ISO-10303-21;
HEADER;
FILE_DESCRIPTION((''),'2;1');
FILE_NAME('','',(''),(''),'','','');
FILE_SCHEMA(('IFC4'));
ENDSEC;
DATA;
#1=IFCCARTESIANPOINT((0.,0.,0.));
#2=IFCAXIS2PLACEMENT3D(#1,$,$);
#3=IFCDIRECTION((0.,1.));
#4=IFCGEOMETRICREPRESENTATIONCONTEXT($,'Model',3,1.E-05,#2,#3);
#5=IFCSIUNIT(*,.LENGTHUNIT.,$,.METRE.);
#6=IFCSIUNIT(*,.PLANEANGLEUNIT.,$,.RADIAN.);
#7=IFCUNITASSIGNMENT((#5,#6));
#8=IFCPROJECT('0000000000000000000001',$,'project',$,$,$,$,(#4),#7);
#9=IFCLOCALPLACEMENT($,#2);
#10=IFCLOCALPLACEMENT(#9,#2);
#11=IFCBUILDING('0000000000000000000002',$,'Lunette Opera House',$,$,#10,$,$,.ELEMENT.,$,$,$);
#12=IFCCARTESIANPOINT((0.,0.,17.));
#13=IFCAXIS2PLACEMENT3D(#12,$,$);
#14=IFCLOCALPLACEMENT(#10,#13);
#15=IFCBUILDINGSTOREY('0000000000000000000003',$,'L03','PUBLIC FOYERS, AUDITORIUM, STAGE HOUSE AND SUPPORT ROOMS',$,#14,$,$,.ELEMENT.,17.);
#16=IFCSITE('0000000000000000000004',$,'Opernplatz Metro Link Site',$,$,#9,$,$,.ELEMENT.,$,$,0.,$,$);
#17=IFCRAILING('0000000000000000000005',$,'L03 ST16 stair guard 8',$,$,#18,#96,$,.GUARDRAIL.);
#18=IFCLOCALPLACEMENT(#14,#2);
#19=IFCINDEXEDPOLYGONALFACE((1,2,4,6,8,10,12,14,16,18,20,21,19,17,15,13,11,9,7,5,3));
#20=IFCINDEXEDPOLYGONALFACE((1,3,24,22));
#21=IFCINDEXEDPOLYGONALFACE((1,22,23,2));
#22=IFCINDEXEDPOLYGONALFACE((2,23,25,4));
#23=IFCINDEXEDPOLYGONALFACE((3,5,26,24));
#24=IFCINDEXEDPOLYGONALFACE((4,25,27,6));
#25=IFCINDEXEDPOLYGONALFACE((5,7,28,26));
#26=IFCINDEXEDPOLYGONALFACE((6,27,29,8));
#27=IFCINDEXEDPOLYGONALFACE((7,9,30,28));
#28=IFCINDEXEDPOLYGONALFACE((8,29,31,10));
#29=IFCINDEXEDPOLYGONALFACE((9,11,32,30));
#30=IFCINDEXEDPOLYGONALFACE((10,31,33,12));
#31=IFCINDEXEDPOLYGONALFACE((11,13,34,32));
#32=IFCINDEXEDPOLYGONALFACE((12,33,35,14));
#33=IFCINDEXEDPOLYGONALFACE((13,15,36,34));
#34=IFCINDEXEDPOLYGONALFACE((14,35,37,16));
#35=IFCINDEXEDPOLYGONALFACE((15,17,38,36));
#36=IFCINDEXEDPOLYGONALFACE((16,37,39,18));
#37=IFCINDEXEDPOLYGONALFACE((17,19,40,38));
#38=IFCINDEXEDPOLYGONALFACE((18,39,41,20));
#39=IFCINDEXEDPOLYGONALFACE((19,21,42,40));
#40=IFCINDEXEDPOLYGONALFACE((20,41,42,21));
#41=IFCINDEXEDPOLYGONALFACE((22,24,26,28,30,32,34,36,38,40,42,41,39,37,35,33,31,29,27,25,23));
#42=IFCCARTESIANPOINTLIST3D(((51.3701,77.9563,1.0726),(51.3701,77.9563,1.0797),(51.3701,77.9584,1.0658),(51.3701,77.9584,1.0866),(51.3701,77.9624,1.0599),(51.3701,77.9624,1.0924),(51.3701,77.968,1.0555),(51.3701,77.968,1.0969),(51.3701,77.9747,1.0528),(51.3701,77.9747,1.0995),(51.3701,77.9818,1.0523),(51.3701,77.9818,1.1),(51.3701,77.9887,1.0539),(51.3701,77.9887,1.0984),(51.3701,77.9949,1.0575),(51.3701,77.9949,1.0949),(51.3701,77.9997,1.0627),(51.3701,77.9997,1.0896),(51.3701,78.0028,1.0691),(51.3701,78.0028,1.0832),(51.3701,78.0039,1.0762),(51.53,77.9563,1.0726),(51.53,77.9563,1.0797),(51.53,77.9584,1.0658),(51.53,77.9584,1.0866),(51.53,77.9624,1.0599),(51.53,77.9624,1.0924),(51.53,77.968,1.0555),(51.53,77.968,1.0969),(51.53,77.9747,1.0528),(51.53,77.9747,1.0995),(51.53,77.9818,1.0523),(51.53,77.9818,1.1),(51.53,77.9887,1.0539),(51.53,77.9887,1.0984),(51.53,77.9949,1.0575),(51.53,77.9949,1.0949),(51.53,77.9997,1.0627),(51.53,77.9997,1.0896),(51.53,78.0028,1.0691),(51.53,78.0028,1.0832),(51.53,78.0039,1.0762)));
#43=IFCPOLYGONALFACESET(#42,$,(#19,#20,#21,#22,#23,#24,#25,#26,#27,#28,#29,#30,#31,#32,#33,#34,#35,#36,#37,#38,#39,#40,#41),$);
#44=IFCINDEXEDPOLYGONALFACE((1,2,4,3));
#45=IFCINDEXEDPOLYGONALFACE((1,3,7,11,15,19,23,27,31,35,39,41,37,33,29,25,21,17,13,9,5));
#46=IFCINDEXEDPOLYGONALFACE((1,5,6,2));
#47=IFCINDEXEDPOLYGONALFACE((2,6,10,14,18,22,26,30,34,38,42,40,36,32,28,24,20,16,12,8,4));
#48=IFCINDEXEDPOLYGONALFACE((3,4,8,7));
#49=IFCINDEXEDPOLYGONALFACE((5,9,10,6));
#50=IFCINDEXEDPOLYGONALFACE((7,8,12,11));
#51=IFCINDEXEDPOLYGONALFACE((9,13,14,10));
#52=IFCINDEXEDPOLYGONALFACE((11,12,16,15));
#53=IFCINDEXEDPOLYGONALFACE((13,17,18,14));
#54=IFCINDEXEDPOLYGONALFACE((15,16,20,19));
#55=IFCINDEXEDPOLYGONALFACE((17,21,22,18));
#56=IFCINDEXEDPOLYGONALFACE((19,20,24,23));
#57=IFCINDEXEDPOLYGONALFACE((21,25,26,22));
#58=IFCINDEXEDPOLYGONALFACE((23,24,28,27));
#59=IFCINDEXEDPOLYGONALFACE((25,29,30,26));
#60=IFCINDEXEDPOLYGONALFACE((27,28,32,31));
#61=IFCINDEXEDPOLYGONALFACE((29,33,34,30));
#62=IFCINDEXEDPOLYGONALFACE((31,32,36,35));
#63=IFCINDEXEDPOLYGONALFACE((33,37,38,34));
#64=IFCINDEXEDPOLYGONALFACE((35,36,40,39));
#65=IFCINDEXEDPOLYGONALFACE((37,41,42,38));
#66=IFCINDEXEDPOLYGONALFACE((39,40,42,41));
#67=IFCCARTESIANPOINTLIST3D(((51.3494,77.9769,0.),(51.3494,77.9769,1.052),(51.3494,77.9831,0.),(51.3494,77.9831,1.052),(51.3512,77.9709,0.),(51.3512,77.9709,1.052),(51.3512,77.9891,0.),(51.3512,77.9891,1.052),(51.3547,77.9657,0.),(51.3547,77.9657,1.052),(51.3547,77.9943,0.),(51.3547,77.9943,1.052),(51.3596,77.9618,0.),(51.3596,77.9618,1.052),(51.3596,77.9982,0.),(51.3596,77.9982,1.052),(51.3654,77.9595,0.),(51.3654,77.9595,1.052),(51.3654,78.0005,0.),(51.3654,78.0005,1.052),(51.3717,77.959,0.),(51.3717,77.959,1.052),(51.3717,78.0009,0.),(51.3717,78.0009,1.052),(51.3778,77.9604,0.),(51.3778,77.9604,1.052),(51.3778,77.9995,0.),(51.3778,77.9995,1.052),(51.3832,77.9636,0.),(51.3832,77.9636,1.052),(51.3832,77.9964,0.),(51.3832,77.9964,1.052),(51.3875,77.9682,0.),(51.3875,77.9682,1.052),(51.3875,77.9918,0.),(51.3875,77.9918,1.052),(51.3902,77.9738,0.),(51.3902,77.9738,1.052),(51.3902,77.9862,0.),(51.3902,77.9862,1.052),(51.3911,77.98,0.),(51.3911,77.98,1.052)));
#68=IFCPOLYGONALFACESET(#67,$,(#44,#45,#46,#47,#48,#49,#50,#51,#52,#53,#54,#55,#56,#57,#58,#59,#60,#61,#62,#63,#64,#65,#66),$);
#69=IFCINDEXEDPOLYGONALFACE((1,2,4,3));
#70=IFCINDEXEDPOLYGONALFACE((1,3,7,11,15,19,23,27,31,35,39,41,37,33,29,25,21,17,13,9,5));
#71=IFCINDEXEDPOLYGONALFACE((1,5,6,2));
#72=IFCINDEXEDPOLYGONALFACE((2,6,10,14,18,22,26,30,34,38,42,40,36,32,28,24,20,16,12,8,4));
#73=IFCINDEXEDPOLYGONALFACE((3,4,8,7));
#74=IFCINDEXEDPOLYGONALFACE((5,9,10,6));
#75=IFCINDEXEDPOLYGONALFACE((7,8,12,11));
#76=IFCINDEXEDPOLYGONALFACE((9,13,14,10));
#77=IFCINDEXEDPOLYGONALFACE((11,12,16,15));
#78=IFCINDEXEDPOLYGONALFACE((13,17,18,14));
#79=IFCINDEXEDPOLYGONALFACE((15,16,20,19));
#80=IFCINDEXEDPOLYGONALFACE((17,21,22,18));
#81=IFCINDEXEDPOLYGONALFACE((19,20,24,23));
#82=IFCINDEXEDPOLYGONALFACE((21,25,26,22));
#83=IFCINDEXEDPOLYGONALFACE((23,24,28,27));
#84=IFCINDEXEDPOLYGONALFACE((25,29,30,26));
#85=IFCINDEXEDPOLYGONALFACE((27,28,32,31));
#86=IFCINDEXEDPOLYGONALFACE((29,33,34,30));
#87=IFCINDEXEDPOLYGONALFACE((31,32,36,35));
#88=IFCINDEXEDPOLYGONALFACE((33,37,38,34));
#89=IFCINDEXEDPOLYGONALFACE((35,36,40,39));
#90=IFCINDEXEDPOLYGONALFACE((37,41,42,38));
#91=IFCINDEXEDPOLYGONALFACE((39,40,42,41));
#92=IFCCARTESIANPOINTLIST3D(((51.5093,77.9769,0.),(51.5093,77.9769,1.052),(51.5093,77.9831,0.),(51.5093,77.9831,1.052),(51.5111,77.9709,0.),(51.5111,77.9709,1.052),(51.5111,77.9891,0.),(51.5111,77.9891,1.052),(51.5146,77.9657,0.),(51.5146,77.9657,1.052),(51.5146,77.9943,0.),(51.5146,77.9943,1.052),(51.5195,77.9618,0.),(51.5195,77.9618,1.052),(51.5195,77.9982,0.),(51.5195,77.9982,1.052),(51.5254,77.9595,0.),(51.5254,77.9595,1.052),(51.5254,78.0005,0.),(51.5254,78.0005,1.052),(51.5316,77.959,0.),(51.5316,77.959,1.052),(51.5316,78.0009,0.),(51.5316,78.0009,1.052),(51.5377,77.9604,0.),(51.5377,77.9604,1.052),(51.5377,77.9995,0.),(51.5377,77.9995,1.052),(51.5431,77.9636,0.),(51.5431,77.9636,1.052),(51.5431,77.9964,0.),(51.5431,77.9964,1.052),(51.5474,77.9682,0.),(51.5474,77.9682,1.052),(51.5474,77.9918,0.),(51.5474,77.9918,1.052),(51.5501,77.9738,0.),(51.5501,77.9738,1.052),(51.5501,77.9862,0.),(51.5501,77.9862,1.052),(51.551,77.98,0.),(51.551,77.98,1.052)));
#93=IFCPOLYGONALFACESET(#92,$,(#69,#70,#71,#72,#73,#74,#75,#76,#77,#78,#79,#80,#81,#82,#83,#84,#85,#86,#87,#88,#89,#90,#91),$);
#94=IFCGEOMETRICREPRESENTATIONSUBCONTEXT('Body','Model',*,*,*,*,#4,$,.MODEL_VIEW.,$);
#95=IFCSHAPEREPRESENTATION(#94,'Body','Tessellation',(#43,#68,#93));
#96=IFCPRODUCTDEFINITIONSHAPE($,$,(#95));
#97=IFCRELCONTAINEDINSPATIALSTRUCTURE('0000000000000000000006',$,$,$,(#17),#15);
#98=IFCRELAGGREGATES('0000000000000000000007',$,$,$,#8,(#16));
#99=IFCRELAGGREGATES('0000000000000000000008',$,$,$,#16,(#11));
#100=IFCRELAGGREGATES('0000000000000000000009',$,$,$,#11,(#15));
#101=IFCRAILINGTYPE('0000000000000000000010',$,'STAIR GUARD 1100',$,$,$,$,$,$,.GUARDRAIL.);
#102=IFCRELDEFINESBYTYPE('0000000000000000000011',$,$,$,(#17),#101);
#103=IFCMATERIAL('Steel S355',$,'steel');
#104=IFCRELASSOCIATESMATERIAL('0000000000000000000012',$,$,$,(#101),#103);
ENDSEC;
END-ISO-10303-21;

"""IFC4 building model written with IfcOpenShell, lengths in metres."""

from ifc_helpers import new_model, si_unit, direction, frame, origin, origin_2d, place, context, subcontext, project, spatial, circle, extrude, material, type_object, element, save


model = new_model("IFC4")

# Units and contexts
model_context = context("Model", 3, precision=1e-05, world=origin(), true_north=direction((0.0, 1.0)))
body_context = subcontext(model_context, "Body", "Model", "MODEL_VIEW")
ifc_project = project(units=[si_unit("LENGTHUNIT", "METRE"), si_unit("PLANEANGLEUNIT", "RADIAN")], contexts=[model_context])

# Site, building, storey
site_placement = place(None, origin())
site = spatial("IfcSite", under=ifc_project, at=site_placement, Name="Opernplatz Metro Link Site", CompositionType="ELEMENT", RefElevation=0.0)
building_placement = place(site_placement, origin())
building = spatial("IfcBuilding", under=site, at=building_placement, Name="Lunette Opera House", CompositionType="ELEMENT")
storey_placement = place(building_placement, frame((0.0, 0.0, 17.0)))
storey = spatial("IfcBuildingStorey", under=building, at=storey_placement, Name="L03", Description="PUBLIC FOYERS, AUDITORIUM, STAGE HOUSE AND SUPPORT ROOMS", CompositionType="ELEMENT", Elevation=17.0)

# Railing
ifc_material_1 = material(Name="Steel S355", Category="steel")
railing_type_1 = type_object("IfcRailingType", Name="STAIR GUARD 1100", PredefinedType="GUARDRAIL", material=ifc_material_1)
railing_1_placement = place(storey_placement, frame((51.3701, 77.98, 0.0)))
element("IfcRailing", 1, at=railing_1_placement, inside=storey, type_object=railing_type_1, Name="L03 ST16 stair guard 8", PredefinedType="GUARDRAIL", context=body_context, shape_type="SweptSolid", body=[
    extrude(circle(Radius=0.0239, at=origin_2d()), frame((0.0, 0.0, 1.0762), z_axis=(1.0, 0.0, 0.0), x_axis=(0.0, 1.0, 0.0)), (0.0, 0.0, 1.0), 0.1599),
    extrude(circle(Radius=0.021, at=origin_2d()), origin(), (0.0, 0.0, 1.0), 1.052),
    extrude(circle(Radius=0.021, at=origin_2d()), frame((0.1599, 0.0, 0.0)), (0.0, 0.0, 1.0), 1.052),
])

save(model, "model.ifc")
